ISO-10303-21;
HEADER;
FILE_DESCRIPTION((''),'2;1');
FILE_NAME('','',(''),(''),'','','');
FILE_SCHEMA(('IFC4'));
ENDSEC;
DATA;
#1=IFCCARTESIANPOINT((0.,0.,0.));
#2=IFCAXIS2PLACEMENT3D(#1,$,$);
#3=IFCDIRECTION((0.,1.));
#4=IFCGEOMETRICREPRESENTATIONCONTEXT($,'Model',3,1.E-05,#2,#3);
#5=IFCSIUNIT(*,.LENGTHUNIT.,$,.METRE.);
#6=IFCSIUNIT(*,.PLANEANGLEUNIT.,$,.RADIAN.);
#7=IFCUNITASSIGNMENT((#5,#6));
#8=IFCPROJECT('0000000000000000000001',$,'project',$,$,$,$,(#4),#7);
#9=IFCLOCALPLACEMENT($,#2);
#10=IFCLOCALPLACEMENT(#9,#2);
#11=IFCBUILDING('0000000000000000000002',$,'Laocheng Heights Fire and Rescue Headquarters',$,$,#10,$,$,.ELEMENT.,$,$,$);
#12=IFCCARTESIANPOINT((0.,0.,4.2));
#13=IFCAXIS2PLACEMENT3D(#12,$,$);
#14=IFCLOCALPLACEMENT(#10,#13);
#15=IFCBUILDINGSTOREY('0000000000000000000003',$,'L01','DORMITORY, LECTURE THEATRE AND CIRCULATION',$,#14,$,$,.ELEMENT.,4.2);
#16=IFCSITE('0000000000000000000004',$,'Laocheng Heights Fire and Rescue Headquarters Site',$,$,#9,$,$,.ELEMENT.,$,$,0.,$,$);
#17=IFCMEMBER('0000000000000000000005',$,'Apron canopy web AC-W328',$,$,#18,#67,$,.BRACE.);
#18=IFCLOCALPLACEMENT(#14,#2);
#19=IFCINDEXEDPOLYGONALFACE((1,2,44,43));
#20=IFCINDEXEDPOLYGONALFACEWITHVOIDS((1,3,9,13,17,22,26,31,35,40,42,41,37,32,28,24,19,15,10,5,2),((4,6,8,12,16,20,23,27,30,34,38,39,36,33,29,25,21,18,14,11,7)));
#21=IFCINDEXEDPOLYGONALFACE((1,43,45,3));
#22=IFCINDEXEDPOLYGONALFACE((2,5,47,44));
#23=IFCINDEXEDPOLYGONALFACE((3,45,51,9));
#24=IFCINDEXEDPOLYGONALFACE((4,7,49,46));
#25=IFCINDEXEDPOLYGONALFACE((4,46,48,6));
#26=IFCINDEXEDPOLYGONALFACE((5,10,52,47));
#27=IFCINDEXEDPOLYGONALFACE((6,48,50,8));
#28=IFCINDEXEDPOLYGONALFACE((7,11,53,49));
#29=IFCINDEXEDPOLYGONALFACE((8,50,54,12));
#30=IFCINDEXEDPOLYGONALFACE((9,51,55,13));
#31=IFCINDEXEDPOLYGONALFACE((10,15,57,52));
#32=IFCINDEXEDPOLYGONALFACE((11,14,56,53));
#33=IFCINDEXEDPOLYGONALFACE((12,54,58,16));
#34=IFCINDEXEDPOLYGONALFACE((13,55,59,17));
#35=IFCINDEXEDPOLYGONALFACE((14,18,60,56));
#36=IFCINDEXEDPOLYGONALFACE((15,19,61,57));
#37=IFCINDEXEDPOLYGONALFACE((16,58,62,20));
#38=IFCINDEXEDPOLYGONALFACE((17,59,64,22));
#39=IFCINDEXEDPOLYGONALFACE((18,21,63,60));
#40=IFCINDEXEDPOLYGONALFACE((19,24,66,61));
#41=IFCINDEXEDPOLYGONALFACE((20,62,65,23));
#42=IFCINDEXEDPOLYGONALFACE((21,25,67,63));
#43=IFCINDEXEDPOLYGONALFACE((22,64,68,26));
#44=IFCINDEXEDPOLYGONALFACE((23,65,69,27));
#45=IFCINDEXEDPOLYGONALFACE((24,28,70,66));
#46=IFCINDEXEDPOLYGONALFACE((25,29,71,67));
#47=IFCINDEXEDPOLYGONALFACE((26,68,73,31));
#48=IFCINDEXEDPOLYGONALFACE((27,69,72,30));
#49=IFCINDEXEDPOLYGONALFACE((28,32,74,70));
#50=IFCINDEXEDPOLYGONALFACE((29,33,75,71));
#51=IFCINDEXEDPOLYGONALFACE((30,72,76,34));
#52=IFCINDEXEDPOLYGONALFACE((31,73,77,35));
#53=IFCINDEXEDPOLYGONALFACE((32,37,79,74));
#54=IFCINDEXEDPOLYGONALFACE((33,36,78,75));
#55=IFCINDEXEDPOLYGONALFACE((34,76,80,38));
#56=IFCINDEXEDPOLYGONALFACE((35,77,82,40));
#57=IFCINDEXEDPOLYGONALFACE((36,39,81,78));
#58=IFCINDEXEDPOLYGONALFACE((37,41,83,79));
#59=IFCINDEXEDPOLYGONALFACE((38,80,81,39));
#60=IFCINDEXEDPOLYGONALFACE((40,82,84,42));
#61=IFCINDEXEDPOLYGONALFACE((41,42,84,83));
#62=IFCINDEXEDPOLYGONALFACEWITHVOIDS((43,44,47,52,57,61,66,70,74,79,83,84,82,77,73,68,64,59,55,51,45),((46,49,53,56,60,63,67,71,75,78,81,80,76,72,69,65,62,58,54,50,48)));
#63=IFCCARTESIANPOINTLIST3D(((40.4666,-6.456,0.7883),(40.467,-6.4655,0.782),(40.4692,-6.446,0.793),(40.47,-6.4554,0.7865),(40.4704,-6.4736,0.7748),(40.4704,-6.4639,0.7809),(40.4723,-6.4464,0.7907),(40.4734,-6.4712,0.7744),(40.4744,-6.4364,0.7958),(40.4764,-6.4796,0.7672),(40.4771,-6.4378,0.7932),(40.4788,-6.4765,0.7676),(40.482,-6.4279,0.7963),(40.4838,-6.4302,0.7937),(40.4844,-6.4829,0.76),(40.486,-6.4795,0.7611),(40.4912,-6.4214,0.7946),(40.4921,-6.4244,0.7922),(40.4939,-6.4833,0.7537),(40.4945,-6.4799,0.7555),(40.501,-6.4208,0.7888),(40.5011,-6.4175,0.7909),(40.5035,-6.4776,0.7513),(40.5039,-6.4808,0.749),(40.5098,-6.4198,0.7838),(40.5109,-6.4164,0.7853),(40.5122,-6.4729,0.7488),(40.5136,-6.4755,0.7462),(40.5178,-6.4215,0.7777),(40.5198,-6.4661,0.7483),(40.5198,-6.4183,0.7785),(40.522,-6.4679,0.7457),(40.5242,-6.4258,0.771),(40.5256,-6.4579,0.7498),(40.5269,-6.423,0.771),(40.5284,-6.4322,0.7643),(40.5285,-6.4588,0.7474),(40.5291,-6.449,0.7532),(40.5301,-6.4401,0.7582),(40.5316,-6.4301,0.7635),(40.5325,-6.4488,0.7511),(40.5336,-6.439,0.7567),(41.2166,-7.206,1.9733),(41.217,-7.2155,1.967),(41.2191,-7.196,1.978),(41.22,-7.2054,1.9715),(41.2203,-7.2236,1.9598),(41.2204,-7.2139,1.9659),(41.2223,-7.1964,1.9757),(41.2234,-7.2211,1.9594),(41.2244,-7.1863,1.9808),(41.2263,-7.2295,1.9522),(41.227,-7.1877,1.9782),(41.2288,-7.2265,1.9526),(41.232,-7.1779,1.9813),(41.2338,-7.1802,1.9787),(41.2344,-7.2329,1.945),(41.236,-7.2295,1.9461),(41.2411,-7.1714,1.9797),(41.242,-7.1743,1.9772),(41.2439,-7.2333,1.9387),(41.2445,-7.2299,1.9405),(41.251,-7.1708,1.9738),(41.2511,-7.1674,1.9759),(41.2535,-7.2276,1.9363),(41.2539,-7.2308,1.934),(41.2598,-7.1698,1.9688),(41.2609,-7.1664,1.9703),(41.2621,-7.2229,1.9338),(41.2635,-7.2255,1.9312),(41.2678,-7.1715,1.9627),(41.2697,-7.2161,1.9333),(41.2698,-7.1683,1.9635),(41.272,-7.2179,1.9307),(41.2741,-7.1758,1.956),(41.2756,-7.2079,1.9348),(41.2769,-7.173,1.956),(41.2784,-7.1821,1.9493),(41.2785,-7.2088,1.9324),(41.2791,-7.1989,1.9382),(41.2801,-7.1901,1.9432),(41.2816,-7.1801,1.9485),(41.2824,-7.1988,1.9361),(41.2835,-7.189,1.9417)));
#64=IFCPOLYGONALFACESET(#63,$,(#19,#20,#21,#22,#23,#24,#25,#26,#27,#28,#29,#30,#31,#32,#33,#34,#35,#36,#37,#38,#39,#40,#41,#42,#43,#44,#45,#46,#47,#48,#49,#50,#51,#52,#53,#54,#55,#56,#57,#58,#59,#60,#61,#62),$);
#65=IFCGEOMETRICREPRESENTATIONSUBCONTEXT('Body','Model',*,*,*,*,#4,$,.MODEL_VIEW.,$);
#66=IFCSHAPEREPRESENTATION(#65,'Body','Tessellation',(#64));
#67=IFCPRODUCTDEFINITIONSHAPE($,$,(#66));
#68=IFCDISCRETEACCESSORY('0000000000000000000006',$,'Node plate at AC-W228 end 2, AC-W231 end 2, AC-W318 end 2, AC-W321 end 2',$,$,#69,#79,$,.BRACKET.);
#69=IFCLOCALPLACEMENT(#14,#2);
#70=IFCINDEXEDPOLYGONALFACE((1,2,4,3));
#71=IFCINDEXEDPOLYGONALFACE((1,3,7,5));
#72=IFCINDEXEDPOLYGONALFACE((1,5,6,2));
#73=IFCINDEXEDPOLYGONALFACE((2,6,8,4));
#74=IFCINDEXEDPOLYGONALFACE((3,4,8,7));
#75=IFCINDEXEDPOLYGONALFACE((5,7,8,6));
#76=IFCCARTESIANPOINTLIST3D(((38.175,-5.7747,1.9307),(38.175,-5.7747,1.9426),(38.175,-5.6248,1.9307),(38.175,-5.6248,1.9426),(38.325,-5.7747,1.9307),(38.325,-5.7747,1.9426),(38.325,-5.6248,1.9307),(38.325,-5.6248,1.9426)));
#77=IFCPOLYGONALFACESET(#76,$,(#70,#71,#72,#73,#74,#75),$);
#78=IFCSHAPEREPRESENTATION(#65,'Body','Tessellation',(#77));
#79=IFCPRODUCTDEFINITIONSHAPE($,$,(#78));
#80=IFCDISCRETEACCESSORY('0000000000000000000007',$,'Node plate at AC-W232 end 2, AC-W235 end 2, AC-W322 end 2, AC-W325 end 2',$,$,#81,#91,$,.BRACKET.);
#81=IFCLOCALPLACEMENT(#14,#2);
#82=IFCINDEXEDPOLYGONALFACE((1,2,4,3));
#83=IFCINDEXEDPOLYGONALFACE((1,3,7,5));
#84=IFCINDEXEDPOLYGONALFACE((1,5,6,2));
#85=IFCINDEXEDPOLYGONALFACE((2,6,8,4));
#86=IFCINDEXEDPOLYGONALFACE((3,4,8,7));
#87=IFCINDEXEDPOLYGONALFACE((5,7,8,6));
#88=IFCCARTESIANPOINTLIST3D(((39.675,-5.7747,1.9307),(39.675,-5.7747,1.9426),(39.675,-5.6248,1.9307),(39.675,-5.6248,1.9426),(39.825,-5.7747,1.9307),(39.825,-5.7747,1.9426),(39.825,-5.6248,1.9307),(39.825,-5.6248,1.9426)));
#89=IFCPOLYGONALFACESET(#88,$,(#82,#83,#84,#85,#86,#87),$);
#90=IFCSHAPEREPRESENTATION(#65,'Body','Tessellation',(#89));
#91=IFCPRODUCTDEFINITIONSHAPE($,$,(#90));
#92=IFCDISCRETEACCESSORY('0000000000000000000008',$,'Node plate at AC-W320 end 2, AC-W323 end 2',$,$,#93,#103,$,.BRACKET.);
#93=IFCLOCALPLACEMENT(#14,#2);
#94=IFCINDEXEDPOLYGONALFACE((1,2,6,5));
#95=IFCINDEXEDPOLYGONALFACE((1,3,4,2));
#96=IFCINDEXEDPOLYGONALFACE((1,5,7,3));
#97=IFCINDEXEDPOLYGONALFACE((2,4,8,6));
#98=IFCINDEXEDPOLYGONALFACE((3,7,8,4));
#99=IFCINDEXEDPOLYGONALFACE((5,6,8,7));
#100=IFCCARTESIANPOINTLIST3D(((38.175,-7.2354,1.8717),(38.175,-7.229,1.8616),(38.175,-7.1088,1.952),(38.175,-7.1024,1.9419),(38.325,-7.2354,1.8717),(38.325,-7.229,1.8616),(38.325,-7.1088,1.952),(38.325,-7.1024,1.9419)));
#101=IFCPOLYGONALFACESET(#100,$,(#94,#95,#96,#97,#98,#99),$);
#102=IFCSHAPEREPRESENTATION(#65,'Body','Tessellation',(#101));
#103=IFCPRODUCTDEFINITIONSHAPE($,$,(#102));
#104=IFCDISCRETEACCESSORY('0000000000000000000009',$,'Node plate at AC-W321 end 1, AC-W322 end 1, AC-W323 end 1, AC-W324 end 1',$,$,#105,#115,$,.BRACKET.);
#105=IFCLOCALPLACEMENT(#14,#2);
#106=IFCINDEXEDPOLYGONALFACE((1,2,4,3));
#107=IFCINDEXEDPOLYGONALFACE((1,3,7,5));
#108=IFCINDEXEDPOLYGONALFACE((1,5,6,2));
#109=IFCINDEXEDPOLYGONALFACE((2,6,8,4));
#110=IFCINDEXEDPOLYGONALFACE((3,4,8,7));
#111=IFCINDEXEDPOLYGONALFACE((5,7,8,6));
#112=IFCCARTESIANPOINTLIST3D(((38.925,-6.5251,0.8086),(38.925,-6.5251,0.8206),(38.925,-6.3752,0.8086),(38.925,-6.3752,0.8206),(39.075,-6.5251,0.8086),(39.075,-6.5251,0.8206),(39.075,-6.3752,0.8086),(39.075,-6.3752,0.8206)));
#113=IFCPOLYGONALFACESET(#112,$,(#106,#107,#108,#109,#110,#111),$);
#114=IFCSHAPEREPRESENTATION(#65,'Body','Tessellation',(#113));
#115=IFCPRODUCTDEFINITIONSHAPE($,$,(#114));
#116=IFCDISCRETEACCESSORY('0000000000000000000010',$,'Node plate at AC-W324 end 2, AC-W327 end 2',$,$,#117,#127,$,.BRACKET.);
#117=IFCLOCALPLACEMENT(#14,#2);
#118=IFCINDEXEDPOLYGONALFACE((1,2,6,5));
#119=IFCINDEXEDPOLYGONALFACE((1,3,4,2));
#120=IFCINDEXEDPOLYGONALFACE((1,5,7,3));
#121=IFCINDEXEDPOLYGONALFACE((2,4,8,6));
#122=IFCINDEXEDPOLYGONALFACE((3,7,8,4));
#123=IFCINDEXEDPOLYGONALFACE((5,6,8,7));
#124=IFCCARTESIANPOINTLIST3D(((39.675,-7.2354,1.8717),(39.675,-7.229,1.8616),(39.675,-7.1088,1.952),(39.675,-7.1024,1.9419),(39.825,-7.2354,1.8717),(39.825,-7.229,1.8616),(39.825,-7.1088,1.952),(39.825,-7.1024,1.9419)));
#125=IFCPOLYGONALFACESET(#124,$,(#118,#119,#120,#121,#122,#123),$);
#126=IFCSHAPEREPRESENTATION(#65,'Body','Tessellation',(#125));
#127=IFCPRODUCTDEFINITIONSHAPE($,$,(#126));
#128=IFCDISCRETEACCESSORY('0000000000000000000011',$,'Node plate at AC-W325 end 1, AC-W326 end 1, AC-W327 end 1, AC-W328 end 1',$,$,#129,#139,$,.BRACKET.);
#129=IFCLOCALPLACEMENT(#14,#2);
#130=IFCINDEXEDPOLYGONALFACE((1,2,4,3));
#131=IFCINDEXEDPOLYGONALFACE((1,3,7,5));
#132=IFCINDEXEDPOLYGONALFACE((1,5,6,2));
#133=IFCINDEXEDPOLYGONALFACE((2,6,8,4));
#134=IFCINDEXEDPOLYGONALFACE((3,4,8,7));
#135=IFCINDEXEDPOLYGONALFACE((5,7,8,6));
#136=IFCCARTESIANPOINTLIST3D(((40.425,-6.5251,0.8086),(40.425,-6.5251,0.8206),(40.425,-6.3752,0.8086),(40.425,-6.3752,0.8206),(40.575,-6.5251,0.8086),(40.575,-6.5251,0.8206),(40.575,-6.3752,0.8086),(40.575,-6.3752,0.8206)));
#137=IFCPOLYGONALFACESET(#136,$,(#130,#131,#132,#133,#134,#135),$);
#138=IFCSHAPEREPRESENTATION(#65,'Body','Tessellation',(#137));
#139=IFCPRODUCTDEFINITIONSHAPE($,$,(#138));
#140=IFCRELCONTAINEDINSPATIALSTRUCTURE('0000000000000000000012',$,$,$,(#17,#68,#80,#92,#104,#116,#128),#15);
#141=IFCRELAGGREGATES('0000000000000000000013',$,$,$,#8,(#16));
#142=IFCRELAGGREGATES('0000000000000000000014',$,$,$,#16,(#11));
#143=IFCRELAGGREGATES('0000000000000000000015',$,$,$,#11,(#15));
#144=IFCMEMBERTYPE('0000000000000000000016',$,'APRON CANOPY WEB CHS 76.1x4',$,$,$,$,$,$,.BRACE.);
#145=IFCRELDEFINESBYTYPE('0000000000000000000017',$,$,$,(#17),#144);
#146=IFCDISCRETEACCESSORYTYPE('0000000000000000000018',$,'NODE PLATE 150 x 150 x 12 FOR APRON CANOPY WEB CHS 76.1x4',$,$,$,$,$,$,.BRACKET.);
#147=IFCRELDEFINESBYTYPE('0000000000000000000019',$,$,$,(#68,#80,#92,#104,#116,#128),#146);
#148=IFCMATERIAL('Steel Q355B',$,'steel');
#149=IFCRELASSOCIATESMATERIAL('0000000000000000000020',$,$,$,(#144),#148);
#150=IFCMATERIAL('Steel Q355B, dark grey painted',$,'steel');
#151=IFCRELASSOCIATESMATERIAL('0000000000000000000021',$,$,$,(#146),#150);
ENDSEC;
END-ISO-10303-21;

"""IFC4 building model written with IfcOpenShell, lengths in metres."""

from ifc_helpers import new_model, si_unit, direction, frame, origin, origin_2d, place, context, subcontext, project, spatial, rectangle, hollow_circle, extrude, material, material_profile, profile_set, type_object, element, save


model = new_model("IFC4")

# Units and contexts
model_context = context("Model", 3, precision=1e-05, world=origin(), true_north=direction((0.0, 1.0)))
body_context = subcontext(model_context, "Body", "Model", "MODEL_VIEW")
ifc_project = project(units=[si_unit("LENGTHUNIT", "METRE"), si_unit("PLANEANGLEUNIT", "RADIAN")], contexts=[model_context])

# Site, building, storey
site_placement = place(None, origin())
site = spatial("IfcSite", under=ifc_project, at=site_placement, Name="Laocheng Heights Fire and Rescue Headquarters Site", CompositionType="ELEMENT", RefElevation=0.0)
building_placement = place(site_placement, origin())
building = spatial("IfcBuilding", under=site, at=building_placement, Name="Laocheng Heights Fire and Rescue Headquarters", CompositionType="ELEMENT")
storey_placement = place(building_placement, frame((0.0, 0.0, 4.2)))
storey = spatial("IfcBuildingStorey", under=building, at=storey_placement, Name="L01", Description="DORMITORY, LECTURE THEATRE AND CIRCULATION", CompositionType="ELEMENT", Elevation=4.2)

# Member
ifc_material_1 = material(Name="Steel Q355B", Category="steel")
ifc_material_profile_1 = material_profile(ifc_material_1, hollow_circle(Radius=0.0381, WallThickness=0.0039, at=origin_2d()), Name="CHS 76.1x4")
ifc_profile_set_1 = profile_set([ifc_material_profile_1], Name="Steel Q355B")
member_type_1 = type_object("IfcMemberType", Name="APRON CANOPY WEB CHS 76.1x4", PredefinedType="BRACE", material=ifc_profile_set_1)
for number, where, z_axis, x_axis, name in (
    (1, (40.5, -6.45, 0.771), (0.47158, -0.47158, 0.745134), (0.707107, 0.707107, 0.0), "Apron canopy web AC-W328"),
):
    element("IfcMember", number, at=place(storey_placement, frame(where, z_axis=z_axis, x_axis=x_axis)), inside=storey, type_object=member_type_1, Name=name, PredefinedType="BRACE", context=body_context, shape_type="SweptSolid", body=[
        extrude(hollow_circle(Radius=0.0381, WallThickness=0.0039, at=origin_2d()), origin(), (0.0, 0.0, 1.0), 1.5903),
    ])

# Discrete accessories
ifc_material_2 = material(Name="Steel Q355B, dark grey painted", Category="steel")
ifc_material_profile_2 = material_profile(ifc_material_2, rectangle(XDim=0.1499, YDim=0.1499, at=origin_2d()), Name="NODE PLATE 150 x 150 x 12 FOR APRON CANOPY WEB CHS 76.1x4")
ifc_profile_set_2 = profile_set([ifc_material_profile_2], Name="Steel Q355B, dark grey painted")
discrete_accessory_type = type_object("IfcDiscreteAccessoryType", Name="NODE PLATE 150 x 150 x 12 FOR APRON CANOPY WEB CHS 76.1x4", PredefinedType="BRACKET", material=ifc_profile_set_2)
for number, where, z_axis, x_axis, name in (
    (2, (38.25, -5.6997, 1.9426), (0.0, 0.0, -1.0), (1.0, 0.0, 0.0), "Node plate at AC-W228 end 2, AC-W231 end 2, AC-W318 end 2, AC-W321 end 2"),
    (3, (39.75, -5.6997, 1.9426), (0.0, 0.0, -1.0), (1.0, 0.0, 0.0), "Node plate at AC-W232 end 2, AC-W235 end 2, AC-W322 end 2, AC-W325 end 2"),
    (4, (38.25, -7.1721, 1.9119), (0.0, 0.535542, -0.844509), (-1.0, 0.0, 0.0), "Node plate at AC-W320 end 2, AC-W323 end 2"),
    (5, (39.0, -6.4502, 0.8086), (0.0, 0.0, 1.0), (1.0, 0.0, 0.0), "Node plate at AC-W321 end 1, AC-W322 end 1, AC-W323 end 1, AC-W324 end 1"),
    (6, (39.75, -7.1721, 1.9119), (0.0, 0.535542, -0.844509), (-1.0, 0.0, 0.0), "Node plate at AC-W324 end 2, AC-W327 end 2"),
    (7, (40.5, -6.4502, 0.8086), (0.0, 0.0, 1.0), (1.0, 0.0, 0.0), "Node plate at AC-W325 end 1, AC-W326 end 1, AC-W327 end 1, AC-W328 end 1"),
):
    element("IfcDiscreteAccessory", number, at=place(storey_placement, frame(where, z_axis=z_axis, x_axis=x_axis)), inside=storey, type_object=discrete_accessory_type, Name=name, PredefinedType="BRACKET", context=body_context, shape_type="SweptSolid", body=[
        extrude(rectangle(XDim=0.1499, YDim=0.1499, at=origin_2d()), origin(), (0.0, 0.0, 1.0), 0.012),
    ])

save(model, "model.ifc")
